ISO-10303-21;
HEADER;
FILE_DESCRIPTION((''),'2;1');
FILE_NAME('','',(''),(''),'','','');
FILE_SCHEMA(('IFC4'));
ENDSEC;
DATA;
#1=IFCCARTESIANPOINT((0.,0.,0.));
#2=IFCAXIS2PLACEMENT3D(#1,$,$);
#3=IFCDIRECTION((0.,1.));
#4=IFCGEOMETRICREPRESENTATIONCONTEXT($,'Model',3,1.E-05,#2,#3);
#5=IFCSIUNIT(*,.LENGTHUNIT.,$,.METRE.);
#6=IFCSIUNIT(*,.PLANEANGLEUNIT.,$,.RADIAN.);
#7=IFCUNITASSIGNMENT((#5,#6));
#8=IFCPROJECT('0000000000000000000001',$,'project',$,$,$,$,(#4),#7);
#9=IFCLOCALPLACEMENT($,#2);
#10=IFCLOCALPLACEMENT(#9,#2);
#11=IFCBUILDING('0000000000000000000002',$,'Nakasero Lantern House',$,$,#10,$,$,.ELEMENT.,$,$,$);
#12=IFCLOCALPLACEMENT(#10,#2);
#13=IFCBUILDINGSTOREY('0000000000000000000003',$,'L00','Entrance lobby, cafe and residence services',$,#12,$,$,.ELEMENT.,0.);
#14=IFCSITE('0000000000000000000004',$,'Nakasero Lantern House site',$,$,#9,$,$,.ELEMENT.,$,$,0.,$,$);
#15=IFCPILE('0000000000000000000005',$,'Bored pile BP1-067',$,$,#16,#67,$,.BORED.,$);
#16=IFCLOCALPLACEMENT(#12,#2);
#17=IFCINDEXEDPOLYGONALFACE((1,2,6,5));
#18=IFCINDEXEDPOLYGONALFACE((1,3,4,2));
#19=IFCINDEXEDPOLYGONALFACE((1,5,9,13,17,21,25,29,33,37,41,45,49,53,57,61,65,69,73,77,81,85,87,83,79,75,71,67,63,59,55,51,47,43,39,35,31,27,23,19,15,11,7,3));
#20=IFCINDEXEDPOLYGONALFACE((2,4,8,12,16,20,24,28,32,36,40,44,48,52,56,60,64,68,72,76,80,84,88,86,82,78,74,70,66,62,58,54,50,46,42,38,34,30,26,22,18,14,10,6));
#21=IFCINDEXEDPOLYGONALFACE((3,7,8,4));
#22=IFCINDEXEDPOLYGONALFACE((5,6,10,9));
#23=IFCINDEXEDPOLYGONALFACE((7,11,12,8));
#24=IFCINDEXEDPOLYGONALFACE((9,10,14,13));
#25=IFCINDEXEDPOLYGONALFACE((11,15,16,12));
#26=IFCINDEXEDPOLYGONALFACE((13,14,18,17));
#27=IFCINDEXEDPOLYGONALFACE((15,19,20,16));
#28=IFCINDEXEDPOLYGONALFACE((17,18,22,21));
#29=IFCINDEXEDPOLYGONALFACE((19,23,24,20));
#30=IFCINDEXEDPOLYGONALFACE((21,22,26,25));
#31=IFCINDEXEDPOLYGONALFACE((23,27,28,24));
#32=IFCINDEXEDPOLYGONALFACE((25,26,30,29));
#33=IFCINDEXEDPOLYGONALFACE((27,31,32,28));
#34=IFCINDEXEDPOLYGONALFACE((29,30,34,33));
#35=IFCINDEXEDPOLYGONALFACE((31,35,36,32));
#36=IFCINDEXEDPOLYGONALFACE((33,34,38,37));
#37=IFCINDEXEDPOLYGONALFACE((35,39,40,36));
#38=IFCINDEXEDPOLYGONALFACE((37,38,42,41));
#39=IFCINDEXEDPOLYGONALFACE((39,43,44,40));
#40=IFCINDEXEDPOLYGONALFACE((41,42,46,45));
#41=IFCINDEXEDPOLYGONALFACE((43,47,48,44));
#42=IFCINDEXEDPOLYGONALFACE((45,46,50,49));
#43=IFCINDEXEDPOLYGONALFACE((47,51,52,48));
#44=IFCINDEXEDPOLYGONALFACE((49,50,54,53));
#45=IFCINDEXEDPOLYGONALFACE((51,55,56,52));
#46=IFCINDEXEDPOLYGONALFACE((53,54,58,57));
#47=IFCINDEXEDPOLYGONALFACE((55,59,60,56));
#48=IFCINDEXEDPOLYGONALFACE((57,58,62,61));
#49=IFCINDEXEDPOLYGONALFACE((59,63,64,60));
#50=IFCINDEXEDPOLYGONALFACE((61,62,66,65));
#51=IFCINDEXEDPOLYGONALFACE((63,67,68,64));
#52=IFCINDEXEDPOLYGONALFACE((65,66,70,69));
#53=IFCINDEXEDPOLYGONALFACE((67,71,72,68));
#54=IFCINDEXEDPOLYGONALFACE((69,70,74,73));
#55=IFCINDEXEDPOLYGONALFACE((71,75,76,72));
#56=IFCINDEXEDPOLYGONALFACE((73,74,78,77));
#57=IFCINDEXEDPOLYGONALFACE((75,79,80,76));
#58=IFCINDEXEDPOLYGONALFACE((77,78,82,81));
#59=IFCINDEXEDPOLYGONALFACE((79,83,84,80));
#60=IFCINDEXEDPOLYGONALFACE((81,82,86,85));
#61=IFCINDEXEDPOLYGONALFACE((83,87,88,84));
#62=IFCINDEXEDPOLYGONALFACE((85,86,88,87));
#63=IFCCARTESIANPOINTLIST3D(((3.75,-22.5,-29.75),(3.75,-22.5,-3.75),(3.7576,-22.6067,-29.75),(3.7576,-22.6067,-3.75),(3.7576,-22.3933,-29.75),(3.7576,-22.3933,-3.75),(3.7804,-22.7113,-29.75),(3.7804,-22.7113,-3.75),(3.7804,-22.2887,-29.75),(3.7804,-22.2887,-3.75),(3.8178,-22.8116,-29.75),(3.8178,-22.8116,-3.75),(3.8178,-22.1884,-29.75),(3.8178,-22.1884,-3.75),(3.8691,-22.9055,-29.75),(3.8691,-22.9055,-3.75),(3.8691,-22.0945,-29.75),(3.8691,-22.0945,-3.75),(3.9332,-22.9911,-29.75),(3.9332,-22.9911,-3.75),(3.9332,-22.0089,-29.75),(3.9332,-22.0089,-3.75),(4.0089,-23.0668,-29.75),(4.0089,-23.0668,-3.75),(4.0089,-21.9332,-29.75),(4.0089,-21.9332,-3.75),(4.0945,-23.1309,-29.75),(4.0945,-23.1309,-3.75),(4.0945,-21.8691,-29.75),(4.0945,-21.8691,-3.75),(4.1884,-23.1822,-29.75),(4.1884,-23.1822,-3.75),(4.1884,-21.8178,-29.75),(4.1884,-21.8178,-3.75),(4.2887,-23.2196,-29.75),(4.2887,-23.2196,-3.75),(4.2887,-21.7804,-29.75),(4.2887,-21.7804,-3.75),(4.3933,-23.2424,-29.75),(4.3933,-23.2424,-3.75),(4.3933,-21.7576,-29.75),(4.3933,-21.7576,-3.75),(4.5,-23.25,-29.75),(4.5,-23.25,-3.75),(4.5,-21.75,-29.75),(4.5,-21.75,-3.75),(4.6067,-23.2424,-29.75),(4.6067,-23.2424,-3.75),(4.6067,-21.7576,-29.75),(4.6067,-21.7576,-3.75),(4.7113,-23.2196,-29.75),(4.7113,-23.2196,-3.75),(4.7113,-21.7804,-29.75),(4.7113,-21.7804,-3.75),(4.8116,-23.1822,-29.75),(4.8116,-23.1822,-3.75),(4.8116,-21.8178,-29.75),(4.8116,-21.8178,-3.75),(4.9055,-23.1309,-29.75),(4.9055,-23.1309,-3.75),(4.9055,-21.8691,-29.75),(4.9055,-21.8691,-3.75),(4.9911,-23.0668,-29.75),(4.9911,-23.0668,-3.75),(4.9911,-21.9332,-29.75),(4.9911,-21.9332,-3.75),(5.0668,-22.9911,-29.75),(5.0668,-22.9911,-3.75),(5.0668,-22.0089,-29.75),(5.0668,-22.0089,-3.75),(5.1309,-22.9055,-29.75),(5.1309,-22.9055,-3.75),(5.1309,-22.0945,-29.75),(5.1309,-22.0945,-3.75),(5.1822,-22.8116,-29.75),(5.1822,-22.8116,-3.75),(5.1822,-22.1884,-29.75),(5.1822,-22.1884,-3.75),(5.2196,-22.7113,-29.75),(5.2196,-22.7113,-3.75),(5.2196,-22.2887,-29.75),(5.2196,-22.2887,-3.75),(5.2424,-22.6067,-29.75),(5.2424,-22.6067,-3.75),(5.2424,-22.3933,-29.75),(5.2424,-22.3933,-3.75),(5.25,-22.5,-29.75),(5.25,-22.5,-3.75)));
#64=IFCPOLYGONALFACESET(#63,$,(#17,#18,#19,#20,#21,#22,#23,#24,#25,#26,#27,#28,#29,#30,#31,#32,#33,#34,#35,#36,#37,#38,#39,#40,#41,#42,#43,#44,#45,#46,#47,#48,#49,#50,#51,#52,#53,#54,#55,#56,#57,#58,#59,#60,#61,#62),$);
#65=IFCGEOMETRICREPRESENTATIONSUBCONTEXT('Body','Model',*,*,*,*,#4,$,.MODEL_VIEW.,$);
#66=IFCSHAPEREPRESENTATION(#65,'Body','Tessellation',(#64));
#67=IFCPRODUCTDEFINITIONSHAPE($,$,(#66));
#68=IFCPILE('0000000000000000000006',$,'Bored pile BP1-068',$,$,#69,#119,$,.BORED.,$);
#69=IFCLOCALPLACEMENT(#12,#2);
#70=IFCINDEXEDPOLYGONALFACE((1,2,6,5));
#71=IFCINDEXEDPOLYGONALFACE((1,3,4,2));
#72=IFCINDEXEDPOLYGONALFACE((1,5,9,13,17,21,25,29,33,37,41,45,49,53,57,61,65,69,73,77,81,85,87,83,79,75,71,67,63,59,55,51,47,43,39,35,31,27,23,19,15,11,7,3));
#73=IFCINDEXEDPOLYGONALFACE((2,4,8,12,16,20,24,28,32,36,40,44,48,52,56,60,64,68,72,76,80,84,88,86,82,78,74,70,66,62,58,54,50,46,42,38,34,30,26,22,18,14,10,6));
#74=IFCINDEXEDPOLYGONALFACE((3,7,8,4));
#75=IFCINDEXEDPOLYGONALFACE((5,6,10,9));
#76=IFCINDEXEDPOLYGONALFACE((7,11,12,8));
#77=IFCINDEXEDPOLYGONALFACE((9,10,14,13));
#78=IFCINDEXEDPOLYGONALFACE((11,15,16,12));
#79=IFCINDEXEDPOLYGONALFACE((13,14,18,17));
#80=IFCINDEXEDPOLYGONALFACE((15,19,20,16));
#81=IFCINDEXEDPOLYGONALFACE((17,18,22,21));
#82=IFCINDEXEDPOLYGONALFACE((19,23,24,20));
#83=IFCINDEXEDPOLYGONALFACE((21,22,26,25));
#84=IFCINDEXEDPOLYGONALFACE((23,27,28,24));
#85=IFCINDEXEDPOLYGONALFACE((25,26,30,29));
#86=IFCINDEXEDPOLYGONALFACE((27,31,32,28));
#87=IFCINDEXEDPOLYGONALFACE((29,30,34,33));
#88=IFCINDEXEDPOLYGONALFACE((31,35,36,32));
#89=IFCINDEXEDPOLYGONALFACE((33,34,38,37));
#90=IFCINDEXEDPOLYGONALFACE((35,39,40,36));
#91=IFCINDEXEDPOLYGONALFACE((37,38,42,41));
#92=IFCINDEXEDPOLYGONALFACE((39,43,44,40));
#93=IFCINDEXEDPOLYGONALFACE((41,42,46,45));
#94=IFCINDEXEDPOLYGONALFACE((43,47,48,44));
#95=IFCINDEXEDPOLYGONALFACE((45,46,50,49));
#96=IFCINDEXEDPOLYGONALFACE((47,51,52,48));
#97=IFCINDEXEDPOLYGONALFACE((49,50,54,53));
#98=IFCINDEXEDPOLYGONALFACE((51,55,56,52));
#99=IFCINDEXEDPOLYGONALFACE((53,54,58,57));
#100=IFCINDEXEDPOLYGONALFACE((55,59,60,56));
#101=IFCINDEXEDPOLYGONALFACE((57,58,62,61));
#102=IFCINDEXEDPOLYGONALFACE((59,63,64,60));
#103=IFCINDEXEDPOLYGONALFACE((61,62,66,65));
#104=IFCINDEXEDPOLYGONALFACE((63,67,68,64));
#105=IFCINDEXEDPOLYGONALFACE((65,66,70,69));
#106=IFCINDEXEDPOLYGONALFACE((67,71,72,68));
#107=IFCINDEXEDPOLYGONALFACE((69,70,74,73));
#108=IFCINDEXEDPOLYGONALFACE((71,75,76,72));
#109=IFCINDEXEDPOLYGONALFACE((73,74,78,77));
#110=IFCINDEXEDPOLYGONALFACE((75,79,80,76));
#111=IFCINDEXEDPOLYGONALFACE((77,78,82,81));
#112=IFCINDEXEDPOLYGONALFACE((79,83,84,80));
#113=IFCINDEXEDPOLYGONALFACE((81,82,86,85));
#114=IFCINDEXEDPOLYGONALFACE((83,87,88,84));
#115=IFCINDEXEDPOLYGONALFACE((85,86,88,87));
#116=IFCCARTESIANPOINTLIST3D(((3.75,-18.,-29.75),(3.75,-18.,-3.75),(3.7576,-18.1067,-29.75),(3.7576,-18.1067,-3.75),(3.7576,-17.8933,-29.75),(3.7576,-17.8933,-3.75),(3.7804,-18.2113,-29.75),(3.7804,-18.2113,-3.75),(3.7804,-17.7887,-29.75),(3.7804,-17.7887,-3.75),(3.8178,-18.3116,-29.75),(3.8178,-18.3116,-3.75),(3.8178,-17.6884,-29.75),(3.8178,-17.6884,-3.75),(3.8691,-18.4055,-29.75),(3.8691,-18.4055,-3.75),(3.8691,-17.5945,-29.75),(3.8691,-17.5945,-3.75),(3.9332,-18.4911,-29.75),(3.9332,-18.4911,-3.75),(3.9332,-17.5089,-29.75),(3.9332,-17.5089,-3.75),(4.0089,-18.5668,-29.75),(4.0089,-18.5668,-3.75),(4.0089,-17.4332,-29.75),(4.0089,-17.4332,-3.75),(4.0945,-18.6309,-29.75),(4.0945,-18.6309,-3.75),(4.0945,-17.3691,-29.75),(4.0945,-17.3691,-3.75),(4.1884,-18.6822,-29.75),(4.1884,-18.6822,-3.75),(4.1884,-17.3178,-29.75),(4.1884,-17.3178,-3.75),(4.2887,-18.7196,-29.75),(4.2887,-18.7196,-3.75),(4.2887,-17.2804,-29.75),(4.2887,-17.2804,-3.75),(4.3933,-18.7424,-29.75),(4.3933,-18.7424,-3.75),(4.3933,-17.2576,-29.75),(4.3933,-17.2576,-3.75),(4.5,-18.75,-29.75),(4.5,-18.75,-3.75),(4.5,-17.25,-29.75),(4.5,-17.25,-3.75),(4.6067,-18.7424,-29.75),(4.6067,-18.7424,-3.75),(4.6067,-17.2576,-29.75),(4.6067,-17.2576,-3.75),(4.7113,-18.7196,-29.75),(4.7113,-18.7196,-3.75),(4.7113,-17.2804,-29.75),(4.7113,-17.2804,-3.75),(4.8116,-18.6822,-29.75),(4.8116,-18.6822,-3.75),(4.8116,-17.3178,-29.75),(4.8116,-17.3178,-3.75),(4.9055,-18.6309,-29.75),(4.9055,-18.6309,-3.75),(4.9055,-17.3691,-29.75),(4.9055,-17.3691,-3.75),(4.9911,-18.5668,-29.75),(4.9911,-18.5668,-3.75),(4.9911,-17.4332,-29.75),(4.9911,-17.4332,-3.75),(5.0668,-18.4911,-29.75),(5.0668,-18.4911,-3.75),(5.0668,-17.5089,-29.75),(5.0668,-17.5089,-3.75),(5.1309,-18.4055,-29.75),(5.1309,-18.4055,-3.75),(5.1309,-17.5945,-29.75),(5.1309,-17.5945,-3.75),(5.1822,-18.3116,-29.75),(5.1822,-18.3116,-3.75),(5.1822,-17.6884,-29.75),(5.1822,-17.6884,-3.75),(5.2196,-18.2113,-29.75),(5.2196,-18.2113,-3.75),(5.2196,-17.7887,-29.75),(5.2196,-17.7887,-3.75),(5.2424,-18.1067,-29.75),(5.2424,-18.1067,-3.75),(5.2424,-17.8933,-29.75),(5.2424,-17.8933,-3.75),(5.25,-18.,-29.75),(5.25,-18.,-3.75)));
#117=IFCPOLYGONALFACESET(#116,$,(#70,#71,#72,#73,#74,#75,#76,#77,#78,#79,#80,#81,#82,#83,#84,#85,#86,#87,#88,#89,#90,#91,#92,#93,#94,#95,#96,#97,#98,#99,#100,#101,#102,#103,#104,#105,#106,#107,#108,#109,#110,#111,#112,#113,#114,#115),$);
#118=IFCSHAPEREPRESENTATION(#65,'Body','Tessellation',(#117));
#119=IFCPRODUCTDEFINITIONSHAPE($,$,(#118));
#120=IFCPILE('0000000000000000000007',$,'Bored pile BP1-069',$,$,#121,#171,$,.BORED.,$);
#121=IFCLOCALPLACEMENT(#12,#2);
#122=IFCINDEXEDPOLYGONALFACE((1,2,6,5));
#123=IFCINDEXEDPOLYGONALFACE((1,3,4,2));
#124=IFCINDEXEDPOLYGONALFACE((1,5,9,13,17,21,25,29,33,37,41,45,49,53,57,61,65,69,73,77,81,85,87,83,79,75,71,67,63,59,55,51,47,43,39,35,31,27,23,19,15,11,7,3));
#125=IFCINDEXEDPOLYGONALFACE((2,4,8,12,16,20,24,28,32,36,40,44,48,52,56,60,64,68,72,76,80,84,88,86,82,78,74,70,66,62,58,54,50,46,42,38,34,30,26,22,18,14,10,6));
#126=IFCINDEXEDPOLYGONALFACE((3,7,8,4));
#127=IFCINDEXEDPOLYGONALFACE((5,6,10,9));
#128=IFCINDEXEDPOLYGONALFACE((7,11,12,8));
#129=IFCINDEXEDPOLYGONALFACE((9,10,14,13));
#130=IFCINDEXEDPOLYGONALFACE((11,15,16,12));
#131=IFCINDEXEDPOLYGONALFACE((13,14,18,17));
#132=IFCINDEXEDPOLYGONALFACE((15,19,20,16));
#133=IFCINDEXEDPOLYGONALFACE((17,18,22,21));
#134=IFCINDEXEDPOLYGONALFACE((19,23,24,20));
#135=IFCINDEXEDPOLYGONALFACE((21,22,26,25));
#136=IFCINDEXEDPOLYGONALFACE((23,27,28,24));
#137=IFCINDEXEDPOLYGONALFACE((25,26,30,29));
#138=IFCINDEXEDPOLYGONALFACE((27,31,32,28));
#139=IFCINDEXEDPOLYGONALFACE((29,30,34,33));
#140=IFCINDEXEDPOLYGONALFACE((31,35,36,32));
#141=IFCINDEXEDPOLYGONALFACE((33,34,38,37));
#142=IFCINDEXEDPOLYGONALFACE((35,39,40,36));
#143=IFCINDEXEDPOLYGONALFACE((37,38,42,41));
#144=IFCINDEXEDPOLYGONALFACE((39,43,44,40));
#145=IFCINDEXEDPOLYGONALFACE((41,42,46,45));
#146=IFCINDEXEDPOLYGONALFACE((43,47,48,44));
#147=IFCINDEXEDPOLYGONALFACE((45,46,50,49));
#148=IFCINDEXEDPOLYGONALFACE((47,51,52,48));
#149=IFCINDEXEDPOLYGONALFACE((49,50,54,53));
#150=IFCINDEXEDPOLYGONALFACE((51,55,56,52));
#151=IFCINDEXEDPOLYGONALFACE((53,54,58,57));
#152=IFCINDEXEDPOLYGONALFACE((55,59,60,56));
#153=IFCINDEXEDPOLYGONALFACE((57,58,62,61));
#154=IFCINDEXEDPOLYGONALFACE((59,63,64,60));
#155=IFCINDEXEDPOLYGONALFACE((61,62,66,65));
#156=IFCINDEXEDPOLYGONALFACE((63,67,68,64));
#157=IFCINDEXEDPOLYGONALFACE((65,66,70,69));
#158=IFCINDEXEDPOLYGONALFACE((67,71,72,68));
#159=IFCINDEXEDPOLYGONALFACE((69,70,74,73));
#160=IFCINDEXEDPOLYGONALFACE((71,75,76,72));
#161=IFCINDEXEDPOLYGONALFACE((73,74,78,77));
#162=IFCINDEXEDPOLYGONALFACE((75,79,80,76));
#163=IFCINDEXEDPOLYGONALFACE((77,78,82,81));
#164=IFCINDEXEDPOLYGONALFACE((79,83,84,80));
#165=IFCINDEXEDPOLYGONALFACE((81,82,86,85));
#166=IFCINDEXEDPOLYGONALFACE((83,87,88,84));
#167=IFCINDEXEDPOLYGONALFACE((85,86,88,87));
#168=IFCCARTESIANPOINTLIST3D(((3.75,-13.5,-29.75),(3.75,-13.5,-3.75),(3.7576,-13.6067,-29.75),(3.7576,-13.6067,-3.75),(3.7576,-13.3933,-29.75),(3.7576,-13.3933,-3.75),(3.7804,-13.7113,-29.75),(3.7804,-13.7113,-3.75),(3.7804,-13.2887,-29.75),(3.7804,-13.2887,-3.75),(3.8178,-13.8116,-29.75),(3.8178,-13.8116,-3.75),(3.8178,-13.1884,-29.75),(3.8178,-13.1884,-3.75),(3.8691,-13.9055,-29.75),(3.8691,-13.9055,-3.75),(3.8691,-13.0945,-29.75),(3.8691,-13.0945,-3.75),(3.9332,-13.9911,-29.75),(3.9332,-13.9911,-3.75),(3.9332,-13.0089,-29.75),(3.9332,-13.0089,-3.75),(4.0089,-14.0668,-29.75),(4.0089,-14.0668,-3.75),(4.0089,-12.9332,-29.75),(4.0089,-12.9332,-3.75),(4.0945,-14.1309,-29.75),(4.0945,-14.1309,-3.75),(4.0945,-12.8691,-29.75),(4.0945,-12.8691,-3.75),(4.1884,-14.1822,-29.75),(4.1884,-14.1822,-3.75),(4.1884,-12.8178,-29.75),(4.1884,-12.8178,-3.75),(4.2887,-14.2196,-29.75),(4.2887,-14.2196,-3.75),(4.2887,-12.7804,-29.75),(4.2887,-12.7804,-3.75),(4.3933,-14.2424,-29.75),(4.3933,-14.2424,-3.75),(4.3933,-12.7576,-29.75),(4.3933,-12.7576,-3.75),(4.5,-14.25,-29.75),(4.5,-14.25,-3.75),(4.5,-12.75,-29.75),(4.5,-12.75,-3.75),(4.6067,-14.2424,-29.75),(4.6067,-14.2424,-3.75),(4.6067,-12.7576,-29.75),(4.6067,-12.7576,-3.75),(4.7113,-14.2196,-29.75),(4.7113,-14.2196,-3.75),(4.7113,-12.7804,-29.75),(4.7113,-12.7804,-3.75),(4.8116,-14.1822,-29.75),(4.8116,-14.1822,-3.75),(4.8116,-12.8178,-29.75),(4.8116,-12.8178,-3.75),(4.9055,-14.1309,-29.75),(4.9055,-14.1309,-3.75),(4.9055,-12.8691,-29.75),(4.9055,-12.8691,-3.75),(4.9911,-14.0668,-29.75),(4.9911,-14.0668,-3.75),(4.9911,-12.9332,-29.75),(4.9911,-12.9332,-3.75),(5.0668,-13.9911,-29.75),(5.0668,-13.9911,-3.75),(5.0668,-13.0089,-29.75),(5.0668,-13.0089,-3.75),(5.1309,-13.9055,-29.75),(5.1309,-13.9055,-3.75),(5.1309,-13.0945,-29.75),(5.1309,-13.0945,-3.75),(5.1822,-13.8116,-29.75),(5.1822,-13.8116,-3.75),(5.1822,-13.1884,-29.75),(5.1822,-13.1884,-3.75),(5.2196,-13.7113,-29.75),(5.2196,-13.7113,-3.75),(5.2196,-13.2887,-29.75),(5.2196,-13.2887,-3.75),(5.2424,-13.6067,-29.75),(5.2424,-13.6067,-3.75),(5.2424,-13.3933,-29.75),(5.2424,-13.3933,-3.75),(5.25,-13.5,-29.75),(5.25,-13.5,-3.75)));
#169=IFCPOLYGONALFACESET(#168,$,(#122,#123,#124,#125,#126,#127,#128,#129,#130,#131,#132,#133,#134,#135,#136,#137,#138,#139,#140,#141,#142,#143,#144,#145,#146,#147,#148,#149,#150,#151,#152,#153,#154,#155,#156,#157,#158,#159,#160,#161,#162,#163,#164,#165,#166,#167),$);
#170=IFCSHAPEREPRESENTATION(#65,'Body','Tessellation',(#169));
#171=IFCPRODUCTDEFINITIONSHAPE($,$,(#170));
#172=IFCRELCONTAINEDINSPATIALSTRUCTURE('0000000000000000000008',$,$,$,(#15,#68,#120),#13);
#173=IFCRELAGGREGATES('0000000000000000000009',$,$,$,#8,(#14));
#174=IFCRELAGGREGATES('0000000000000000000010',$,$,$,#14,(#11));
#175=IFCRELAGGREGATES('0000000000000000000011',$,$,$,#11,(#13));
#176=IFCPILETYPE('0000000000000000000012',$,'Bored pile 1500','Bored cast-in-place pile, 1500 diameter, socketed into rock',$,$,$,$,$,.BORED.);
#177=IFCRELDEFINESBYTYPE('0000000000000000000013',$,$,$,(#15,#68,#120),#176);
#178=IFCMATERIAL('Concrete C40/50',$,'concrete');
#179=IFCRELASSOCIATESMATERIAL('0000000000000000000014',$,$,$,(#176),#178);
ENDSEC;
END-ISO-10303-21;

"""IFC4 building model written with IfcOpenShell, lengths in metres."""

from ifc_helpers import new_model, si_unit, direction, frame, origin, origin_2d, place, context, subcontext, project, spatial, circle, extrude, material, type_object, element, save


model = new_model("IFC4")

# Units and contexts
model_context = context("Model", 3, precision=1e-05, world=origin(), true_north=direction((0.0, 1.0)))
body_context = subcontext(model_context, "Body", "Model", "MODEL_VIEW")
ifc_project = project(units=[si_unit("LENGTHUNIT", "METRE"), si_unit("PLANEANGLEUNIT", "RADIAN")], contexts=[model_context])

# Site, building, storey
site_placement = place(None, origin())
site = spatial("IfcSite", under=ifc_project, at=site_placement, Name="Nakasero Lantern House site", CompositionType="ELEMENT", RefElevation=0.0)
building_placement = place(site_placement, origin())
building = spatial("IfcBuilding", under=site, at=building_placement, Name="Nakasero Lantern House", CompositionType="ELEMENT")
storey_placement = place(building_placement, origin())
storey = spatial("IfcBuildingStorey", under=building, at=storey_placement, Name="L00", Description="Entrance lobby, cafe and residence services", CompositionType="ELEMENT", Elevation=0.0)

# Piles
ifc_material_1 = material(Name="Concrete C40/50", Category="concrete")
pile_type = type_object("IfcPileType", Name="Bored pile 1500", Description="Bored cast-in-place pile, 1500 diameter, socketed into rock", PredefinedType="BORED", material=ifc_material_1)
for number, where, z_axis, x_axis, name in (
    (1, (4.5, -22.5, -3.75), (0.0, 0.0, -1.0), (1.0, 0.0, 0.0), "Bored pile BP1-067"),
    (2, (4.5, -18.0, -3.75), (0.0, 0.0, -1.0), (1.0, 0.0, 0.0), "Bored pile BP1-068"),
    (3, (4.5, -13.5, -3.75), (0.0, 0.0, -1.0), (1.0, 0.0, 0.0), "Bored pile BP1-069"),
):
    element("IfcPile", number, at=place(storey_placement, frame(where, z_axis=z_axis, x_axis=x_axis)), inside=storey, type_object=pile_type, Name=name, PredefinedType="BORED", context=body_context, shape_type="SweptSolid", body=[
        extrude(circle(Radius=0.75, at=origin_2d()), origin(), (0.0, 0.0, 1.0), 26.0),
    ])

save(model, "model.ifc")
